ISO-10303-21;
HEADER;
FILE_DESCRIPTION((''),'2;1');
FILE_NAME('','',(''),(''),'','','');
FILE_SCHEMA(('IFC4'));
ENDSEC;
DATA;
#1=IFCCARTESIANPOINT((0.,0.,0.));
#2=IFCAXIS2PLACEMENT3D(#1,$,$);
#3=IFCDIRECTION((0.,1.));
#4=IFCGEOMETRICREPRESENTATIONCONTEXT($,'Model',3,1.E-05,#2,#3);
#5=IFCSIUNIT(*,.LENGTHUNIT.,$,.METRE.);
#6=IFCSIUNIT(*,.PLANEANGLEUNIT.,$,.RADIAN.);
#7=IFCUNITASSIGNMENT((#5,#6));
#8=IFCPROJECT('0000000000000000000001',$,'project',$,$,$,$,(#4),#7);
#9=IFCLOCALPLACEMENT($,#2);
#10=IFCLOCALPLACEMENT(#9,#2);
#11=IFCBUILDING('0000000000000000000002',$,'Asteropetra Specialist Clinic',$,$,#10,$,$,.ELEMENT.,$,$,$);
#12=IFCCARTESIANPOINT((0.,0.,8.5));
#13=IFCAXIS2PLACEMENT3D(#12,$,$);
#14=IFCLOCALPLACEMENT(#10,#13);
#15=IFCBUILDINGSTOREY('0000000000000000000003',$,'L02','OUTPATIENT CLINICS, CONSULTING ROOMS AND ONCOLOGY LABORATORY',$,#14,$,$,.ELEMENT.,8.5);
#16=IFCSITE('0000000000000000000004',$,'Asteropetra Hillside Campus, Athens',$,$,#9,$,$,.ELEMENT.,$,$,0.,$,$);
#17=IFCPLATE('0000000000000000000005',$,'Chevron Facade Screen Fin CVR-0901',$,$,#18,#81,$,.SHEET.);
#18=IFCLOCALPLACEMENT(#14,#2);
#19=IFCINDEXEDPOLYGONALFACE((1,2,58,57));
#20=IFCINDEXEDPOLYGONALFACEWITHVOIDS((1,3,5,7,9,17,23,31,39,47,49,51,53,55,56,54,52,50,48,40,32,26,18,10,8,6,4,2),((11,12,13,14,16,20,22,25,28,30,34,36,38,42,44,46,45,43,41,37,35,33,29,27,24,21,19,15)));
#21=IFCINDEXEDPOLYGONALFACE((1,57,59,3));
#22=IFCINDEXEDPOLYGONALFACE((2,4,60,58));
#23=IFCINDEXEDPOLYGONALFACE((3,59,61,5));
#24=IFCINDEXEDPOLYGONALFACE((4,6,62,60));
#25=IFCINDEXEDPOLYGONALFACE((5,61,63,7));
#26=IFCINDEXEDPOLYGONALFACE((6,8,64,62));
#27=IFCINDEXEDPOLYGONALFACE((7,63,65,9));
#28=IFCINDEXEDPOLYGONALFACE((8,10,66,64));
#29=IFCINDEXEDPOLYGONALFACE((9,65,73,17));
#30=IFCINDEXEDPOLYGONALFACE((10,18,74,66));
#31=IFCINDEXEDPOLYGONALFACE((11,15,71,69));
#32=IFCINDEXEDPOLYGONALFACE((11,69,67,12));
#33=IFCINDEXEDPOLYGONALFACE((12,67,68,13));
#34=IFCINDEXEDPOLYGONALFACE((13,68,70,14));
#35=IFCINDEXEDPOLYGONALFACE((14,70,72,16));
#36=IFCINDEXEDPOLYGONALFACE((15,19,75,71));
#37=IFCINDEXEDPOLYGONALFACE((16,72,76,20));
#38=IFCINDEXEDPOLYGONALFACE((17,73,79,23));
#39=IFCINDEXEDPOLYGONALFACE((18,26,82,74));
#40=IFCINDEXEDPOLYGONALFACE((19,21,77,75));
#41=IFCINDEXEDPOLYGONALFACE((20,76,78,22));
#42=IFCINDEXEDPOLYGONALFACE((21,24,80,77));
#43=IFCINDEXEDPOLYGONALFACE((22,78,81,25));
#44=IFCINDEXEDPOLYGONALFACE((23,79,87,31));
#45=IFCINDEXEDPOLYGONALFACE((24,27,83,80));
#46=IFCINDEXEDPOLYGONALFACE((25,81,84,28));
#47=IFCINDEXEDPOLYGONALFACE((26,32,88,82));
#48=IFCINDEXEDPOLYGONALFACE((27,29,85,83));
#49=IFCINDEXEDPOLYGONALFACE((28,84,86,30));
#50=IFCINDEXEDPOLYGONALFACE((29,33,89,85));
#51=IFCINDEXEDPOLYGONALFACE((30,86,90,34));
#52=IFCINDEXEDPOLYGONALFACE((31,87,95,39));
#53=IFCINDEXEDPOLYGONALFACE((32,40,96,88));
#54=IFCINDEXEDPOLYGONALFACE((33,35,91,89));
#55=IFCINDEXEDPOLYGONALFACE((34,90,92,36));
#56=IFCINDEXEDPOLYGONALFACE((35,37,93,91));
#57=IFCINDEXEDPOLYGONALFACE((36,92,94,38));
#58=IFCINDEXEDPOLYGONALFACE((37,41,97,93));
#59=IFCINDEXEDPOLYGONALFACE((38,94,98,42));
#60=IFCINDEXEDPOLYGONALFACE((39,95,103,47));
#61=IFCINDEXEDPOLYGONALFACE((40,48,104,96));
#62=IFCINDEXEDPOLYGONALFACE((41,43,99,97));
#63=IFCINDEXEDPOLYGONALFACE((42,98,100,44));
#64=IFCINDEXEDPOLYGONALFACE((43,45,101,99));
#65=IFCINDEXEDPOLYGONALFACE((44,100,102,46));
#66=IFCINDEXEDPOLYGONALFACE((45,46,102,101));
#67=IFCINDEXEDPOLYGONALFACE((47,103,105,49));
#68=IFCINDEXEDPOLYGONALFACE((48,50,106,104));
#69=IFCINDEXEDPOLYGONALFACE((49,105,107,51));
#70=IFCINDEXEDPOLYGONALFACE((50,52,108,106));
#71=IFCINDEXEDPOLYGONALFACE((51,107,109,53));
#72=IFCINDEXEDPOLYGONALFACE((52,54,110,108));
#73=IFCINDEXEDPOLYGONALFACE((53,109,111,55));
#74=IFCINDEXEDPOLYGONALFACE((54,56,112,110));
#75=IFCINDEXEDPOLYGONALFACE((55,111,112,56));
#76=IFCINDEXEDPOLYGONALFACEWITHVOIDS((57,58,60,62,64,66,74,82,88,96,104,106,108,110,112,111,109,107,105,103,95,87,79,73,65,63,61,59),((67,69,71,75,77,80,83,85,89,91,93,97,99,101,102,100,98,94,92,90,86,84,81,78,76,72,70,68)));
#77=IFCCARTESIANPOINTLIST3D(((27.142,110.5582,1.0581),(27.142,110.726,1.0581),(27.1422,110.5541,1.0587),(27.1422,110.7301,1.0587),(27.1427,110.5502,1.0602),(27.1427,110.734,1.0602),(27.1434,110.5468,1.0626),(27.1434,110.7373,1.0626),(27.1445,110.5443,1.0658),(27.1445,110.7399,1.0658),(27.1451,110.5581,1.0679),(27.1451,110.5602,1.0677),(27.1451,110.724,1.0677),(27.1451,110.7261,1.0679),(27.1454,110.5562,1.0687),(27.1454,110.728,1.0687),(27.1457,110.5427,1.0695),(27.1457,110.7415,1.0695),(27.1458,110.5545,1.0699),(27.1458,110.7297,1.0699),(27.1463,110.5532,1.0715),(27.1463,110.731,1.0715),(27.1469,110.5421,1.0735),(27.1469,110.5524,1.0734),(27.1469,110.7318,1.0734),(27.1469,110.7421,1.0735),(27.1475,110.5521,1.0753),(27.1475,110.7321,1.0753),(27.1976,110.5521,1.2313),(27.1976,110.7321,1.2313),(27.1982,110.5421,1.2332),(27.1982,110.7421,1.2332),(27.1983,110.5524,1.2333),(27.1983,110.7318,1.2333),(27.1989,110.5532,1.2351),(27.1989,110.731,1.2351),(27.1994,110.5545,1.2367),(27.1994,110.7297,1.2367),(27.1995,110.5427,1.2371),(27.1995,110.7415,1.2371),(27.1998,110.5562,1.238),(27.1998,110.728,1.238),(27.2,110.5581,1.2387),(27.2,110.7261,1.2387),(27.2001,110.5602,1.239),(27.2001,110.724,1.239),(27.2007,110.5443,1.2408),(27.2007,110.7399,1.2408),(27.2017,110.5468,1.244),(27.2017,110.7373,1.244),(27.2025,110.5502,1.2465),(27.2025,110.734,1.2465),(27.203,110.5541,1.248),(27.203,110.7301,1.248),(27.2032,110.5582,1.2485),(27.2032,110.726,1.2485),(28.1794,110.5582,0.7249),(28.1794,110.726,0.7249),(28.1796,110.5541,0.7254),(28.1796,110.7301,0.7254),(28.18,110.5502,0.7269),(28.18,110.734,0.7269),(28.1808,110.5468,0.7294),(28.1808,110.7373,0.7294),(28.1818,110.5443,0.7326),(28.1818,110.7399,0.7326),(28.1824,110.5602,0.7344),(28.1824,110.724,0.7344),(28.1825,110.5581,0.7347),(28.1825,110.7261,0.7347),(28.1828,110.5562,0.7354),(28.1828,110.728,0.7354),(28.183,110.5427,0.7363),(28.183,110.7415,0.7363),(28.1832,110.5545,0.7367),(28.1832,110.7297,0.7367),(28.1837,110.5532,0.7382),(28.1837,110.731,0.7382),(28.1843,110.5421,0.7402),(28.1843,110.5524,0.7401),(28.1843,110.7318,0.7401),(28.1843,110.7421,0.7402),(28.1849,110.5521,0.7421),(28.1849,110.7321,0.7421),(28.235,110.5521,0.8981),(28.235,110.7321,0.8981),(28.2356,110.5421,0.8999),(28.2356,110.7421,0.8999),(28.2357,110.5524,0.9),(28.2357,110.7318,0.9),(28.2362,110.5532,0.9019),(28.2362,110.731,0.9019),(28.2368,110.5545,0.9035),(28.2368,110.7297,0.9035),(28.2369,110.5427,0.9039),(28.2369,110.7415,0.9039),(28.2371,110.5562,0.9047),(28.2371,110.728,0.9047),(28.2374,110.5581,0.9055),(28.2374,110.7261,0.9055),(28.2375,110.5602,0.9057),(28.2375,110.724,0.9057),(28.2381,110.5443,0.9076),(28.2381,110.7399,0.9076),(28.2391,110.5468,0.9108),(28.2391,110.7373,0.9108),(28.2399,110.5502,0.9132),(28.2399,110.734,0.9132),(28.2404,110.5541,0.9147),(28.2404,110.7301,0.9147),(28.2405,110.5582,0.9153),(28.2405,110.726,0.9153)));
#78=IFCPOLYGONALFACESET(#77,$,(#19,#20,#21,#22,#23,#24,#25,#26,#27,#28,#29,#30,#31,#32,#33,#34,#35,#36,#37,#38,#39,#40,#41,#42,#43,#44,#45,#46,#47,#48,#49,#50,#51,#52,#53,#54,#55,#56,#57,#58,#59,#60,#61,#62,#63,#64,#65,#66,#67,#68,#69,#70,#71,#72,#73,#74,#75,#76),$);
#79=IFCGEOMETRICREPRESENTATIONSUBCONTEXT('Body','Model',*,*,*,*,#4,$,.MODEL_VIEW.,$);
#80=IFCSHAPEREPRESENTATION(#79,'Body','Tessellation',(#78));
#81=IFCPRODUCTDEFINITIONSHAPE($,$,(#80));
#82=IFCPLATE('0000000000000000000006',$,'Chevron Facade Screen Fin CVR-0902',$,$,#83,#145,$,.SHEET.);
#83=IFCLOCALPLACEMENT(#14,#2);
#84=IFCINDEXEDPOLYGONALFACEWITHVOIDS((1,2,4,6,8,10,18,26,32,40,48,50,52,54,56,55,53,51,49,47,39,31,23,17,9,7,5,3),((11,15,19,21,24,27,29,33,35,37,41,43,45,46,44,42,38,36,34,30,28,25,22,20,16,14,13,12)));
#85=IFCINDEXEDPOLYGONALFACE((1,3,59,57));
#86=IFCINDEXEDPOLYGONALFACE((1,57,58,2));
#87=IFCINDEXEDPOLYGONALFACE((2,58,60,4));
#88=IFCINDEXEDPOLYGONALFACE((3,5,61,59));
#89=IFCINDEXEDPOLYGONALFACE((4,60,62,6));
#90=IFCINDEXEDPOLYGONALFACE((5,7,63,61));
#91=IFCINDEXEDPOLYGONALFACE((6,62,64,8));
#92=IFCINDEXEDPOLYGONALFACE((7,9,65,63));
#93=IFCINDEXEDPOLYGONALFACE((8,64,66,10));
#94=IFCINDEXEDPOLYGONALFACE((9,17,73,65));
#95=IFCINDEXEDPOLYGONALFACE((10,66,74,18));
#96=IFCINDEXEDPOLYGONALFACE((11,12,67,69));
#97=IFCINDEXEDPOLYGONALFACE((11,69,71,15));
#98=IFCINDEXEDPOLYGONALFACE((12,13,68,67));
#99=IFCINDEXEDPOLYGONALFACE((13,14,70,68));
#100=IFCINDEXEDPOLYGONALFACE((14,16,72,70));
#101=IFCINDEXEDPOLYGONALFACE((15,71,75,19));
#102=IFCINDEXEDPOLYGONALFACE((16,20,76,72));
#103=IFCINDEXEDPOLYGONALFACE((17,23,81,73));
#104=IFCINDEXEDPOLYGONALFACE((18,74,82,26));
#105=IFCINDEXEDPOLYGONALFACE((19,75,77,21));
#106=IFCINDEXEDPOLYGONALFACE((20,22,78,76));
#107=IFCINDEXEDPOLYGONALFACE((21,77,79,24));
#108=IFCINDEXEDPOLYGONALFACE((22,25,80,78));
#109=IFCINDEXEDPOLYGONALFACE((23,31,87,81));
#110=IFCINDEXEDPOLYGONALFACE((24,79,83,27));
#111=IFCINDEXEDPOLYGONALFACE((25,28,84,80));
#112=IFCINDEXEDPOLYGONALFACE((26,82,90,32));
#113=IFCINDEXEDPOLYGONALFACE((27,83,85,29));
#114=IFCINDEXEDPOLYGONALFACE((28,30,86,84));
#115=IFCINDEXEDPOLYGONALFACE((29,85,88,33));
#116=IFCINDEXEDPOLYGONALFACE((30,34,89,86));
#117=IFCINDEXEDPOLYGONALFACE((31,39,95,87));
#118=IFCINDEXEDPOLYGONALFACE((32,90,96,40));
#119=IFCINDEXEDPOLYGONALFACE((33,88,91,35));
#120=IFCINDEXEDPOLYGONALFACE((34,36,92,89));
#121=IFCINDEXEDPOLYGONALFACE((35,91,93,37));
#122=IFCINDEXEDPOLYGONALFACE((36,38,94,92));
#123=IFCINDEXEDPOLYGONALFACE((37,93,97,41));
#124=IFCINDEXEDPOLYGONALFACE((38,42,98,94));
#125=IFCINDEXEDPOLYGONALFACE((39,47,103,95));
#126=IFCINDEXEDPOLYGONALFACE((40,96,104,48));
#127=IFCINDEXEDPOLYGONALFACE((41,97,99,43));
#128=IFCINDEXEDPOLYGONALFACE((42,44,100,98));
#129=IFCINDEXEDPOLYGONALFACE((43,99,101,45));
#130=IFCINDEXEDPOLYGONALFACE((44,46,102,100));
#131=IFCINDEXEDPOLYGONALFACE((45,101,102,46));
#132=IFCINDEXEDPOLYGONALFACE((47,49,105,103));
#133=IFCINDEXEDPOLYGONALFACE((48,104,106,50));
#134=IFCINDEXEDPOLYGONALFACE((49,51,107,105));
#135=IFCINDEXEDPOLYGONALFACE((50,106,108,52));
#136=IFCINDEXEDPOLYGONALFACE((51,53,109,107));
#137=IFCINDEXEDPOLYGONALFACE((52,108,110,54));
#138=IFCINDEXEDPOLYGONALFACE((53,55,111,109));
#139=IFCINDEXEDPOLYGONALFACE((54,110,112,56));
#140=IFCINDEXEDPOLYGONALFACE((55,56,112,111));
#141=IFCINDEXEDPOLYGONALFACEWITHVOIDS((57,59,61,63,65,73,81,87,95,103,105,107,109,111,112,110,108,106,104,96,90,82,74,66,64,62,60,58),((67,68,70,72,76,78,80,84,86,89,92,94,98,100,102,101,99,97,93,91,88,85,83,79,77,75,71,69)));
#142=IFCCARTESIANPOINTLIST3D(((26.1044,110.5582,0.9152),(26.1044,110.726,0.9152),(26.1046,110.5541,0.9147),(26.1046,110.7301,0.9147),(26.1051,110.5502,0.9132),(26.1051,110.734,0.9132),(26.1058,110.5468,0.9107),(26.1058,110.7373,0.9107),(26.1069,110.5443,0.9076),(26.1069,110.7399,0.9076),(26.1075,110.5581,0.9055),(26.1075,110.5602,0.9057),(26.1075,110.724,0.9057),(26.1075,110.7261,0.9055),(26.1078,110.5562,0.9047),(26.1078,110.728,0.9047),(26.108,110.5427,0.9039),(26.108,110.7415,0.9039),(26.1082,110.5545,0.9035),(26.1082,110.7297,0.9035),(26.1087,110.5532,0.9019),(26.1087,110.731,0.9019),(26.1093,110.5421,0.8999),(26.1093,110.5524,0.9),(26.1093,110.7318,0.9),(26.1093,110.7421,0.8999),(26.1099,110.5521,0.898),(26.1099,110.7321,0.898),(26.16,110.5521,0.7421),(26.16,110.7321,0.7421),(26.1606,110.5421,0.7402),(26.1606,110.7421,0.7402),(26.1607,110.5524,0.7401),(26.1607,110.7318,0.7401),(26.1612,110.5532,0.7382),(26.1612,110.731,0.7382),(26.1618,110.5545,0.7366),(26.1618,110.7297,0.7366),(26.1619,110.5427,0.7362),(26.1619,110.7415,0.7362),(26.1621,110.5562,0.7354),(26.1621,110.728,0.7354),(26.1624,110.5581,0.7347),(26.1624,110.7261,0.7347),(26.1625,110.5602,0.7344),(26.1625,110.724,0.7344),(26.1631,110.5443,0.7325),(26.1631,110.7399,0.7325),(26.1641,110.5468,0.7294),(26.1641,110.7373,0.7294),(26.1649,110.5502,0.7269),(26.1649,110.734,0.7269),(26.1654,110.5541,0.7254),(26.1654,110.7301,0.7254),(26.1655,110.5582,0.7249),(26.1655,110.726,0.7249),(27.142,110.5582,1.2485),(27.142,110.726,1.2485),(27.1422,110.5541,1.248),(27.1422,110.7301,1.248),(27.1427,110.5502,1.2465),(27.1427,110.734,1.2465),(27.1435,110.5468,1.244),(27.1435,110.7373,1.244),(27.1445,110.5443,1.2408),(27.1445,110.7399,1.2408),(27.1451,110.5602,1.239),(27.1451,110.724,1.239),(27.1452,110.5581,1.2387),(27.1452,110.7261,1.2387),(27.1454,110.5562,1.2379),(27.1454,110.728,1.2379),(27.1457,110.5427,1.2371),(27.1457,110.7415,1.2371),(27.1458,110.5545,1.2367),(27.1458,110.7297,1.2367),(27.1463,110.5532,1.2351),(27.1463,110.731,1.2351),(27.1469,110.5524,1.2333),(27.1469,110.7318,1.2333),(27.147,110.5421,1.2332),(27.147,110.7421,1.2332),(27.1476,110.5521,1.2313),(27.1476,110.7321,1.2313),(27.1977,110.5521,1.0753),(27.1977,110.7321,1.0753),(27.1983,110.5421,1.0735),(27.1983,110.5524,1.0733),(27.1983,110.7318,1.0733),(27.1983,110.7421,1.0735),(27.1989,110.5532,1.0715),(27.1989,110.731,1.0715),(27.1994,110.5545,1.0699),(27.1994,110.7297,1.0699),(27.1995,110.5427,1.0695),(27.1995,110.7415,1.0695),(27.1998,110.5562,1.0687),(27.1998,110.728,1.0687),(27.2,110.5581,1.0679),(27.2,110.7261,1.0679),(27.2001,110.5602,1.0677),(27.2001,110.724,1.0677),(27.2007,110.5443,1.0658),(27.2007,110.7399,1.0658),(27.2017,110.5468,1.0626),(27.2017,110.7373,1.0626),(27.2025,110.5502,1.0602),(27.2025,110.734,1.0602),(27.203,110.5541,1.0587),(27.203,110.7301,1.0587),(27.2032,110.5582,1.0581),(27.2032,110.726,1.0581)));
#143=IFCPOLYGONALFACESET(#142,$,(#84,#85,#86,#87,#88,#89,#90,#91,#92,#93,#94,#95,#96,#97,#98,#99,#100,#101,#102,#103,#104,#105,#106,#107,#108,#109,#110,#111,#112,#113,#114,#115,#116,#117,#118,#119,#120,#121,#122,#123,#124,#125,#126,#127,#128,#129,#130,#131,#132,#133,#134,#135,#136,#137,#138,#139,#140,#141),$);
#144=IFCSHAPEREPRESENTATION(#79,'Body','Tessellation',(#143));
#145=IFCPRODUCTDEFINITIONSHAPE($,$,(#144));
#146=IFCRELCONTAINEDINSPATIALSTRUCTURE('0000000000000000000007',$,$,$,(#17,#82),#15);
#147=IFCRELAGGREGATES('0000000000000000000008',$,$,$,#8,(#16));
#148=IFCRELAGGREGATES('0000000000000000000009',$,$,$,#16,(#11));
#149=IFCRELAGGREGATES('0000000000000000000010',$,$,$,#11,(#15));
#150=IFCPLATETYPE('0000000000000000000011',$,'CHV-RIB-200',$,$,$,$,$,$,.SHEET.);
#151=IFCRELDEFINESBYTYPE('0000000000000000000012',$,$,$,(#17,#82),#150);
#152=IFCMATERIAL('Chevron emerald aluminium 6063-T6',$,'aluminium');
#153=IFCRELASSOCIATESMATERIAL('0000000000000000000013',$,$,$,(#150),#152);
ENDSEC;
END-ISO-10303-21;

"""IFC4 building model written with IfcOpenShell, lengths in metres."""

from ifc_helpers import new_model, si_unit, direction, frame, origin, origin_2d, place, context, subcontext, project, spatial, hollow_rectangle, extrude, material, material_profile, profile_set, type_object, element, save


model = new_model("IFC4")

# Units and contexts
model_context = context("Model", 3, precision=1e-05, world=origin(), true_north=direction((0.0, 1.0)))
body_context = subcontext(model_context, "Body", "Model", "MODEL_VIEW")
ifc_project = project(units=[si_unit("LENGTHUNIT", "METRE"), si_unit("PLANEANGLEUNIT", "RADIAN")], contexts=[model_context])

# Site, building, storey
site_placement = place(None, origin())
site = spatial("IfcSite", under=ifc_project, at=site_placement, Name="Asteropetra Hillside Campus, Athens", CompositionType="ELEMENT", RefElevation=0.0)
building_placement = place(site_placement, origin())
building = spatial("IfcBuilding", under=site, at=building_placement, Name="Asteropetra Specialist Clinic", CompositionType="ELEMENT")
storey_placement = place(building_placement, frame((0.0, 0.0, 8.5)))
storey = spatial("IfcBuildingStorey", under=building, at=storey_placement, Name="L02", Description="OUTPATIENT CLINICS, CONSULTING ROOMS AND ONCOLOGY LABORATORY", CompositionType="ELEMENT", Elevation=8.5)

# Plates
ifc_material_1 = material(Name="Chevron emerald aluminium 6063-T6", Category="aluminium")
ifc_material_profile = material_profile(ifc_material_1, hollow_rectangle(XDim=0.2, YDim=0.2, WallThickness=0.01, InnerFilletRadius=0.0081, OuterFilletRadius=0.0161, at=origin_2d()), Name="SHS 200x200x10.0")
ifc_profile_set = profile_set([ifc_material_profile], Name="Chevron emerald aluminium 6063-T6")
plate_type_1 = type_object("IfcPlateType", Name="CHV-RIB-200", PredefinedType="SHEET", material=ifc_profile_set)
plate_1_placement = place(storey_placement, frame((28.21, 110.6421, 0.8201), z_axis=(-0.952078, 0.0, 0.305857), x_axis=(0.0, -1.0, 0.0)))
element("IfcPlate", 1, at=plate_1_placement, inside=storey, type_object=plate_type_1, Name="Chevron Facade Screen Fin CVR-0901", PredefinedType="SHEET", context=body_context, shape_type="SweptSolid", body=[
    extrude(hollow_rectangle(XDim=0.2, YDim=0.2, WallThickness=0.01, InnerFilletRadius=0.0081, OuterFilletRadius=0.0161, at=origin_2d()), origin(), (0.0, 0.0, 1.0), 1.0896),
])
plate_2_placement = place(storey_placement, frame((27.1726, 110.6421, 1.1533), z_axis=(-0.952098, 0.0, -0.305792), x_axis=(0.0, -1.0, 0.0)))
element("IfcPlate", 2, at=plate_2_placement, inside=storey, type_object=plate_type_1, Name="Chevron Facade Screen Fin CVR-0902", PredefinedType="SHEET", context=body_context, shape_type="SweptSolid", body=[
    extrude(hollow_rectangle(XDim=0.2, YDim=0.2, WallThickness=0.01, InnerFilletRadius=0.0081, OuterFilletRadius=0.0161, at=origin_2d()), origin(), (0.0, 0.0, 1.0), 1.0898),
])

save(model, "model.ifc")
